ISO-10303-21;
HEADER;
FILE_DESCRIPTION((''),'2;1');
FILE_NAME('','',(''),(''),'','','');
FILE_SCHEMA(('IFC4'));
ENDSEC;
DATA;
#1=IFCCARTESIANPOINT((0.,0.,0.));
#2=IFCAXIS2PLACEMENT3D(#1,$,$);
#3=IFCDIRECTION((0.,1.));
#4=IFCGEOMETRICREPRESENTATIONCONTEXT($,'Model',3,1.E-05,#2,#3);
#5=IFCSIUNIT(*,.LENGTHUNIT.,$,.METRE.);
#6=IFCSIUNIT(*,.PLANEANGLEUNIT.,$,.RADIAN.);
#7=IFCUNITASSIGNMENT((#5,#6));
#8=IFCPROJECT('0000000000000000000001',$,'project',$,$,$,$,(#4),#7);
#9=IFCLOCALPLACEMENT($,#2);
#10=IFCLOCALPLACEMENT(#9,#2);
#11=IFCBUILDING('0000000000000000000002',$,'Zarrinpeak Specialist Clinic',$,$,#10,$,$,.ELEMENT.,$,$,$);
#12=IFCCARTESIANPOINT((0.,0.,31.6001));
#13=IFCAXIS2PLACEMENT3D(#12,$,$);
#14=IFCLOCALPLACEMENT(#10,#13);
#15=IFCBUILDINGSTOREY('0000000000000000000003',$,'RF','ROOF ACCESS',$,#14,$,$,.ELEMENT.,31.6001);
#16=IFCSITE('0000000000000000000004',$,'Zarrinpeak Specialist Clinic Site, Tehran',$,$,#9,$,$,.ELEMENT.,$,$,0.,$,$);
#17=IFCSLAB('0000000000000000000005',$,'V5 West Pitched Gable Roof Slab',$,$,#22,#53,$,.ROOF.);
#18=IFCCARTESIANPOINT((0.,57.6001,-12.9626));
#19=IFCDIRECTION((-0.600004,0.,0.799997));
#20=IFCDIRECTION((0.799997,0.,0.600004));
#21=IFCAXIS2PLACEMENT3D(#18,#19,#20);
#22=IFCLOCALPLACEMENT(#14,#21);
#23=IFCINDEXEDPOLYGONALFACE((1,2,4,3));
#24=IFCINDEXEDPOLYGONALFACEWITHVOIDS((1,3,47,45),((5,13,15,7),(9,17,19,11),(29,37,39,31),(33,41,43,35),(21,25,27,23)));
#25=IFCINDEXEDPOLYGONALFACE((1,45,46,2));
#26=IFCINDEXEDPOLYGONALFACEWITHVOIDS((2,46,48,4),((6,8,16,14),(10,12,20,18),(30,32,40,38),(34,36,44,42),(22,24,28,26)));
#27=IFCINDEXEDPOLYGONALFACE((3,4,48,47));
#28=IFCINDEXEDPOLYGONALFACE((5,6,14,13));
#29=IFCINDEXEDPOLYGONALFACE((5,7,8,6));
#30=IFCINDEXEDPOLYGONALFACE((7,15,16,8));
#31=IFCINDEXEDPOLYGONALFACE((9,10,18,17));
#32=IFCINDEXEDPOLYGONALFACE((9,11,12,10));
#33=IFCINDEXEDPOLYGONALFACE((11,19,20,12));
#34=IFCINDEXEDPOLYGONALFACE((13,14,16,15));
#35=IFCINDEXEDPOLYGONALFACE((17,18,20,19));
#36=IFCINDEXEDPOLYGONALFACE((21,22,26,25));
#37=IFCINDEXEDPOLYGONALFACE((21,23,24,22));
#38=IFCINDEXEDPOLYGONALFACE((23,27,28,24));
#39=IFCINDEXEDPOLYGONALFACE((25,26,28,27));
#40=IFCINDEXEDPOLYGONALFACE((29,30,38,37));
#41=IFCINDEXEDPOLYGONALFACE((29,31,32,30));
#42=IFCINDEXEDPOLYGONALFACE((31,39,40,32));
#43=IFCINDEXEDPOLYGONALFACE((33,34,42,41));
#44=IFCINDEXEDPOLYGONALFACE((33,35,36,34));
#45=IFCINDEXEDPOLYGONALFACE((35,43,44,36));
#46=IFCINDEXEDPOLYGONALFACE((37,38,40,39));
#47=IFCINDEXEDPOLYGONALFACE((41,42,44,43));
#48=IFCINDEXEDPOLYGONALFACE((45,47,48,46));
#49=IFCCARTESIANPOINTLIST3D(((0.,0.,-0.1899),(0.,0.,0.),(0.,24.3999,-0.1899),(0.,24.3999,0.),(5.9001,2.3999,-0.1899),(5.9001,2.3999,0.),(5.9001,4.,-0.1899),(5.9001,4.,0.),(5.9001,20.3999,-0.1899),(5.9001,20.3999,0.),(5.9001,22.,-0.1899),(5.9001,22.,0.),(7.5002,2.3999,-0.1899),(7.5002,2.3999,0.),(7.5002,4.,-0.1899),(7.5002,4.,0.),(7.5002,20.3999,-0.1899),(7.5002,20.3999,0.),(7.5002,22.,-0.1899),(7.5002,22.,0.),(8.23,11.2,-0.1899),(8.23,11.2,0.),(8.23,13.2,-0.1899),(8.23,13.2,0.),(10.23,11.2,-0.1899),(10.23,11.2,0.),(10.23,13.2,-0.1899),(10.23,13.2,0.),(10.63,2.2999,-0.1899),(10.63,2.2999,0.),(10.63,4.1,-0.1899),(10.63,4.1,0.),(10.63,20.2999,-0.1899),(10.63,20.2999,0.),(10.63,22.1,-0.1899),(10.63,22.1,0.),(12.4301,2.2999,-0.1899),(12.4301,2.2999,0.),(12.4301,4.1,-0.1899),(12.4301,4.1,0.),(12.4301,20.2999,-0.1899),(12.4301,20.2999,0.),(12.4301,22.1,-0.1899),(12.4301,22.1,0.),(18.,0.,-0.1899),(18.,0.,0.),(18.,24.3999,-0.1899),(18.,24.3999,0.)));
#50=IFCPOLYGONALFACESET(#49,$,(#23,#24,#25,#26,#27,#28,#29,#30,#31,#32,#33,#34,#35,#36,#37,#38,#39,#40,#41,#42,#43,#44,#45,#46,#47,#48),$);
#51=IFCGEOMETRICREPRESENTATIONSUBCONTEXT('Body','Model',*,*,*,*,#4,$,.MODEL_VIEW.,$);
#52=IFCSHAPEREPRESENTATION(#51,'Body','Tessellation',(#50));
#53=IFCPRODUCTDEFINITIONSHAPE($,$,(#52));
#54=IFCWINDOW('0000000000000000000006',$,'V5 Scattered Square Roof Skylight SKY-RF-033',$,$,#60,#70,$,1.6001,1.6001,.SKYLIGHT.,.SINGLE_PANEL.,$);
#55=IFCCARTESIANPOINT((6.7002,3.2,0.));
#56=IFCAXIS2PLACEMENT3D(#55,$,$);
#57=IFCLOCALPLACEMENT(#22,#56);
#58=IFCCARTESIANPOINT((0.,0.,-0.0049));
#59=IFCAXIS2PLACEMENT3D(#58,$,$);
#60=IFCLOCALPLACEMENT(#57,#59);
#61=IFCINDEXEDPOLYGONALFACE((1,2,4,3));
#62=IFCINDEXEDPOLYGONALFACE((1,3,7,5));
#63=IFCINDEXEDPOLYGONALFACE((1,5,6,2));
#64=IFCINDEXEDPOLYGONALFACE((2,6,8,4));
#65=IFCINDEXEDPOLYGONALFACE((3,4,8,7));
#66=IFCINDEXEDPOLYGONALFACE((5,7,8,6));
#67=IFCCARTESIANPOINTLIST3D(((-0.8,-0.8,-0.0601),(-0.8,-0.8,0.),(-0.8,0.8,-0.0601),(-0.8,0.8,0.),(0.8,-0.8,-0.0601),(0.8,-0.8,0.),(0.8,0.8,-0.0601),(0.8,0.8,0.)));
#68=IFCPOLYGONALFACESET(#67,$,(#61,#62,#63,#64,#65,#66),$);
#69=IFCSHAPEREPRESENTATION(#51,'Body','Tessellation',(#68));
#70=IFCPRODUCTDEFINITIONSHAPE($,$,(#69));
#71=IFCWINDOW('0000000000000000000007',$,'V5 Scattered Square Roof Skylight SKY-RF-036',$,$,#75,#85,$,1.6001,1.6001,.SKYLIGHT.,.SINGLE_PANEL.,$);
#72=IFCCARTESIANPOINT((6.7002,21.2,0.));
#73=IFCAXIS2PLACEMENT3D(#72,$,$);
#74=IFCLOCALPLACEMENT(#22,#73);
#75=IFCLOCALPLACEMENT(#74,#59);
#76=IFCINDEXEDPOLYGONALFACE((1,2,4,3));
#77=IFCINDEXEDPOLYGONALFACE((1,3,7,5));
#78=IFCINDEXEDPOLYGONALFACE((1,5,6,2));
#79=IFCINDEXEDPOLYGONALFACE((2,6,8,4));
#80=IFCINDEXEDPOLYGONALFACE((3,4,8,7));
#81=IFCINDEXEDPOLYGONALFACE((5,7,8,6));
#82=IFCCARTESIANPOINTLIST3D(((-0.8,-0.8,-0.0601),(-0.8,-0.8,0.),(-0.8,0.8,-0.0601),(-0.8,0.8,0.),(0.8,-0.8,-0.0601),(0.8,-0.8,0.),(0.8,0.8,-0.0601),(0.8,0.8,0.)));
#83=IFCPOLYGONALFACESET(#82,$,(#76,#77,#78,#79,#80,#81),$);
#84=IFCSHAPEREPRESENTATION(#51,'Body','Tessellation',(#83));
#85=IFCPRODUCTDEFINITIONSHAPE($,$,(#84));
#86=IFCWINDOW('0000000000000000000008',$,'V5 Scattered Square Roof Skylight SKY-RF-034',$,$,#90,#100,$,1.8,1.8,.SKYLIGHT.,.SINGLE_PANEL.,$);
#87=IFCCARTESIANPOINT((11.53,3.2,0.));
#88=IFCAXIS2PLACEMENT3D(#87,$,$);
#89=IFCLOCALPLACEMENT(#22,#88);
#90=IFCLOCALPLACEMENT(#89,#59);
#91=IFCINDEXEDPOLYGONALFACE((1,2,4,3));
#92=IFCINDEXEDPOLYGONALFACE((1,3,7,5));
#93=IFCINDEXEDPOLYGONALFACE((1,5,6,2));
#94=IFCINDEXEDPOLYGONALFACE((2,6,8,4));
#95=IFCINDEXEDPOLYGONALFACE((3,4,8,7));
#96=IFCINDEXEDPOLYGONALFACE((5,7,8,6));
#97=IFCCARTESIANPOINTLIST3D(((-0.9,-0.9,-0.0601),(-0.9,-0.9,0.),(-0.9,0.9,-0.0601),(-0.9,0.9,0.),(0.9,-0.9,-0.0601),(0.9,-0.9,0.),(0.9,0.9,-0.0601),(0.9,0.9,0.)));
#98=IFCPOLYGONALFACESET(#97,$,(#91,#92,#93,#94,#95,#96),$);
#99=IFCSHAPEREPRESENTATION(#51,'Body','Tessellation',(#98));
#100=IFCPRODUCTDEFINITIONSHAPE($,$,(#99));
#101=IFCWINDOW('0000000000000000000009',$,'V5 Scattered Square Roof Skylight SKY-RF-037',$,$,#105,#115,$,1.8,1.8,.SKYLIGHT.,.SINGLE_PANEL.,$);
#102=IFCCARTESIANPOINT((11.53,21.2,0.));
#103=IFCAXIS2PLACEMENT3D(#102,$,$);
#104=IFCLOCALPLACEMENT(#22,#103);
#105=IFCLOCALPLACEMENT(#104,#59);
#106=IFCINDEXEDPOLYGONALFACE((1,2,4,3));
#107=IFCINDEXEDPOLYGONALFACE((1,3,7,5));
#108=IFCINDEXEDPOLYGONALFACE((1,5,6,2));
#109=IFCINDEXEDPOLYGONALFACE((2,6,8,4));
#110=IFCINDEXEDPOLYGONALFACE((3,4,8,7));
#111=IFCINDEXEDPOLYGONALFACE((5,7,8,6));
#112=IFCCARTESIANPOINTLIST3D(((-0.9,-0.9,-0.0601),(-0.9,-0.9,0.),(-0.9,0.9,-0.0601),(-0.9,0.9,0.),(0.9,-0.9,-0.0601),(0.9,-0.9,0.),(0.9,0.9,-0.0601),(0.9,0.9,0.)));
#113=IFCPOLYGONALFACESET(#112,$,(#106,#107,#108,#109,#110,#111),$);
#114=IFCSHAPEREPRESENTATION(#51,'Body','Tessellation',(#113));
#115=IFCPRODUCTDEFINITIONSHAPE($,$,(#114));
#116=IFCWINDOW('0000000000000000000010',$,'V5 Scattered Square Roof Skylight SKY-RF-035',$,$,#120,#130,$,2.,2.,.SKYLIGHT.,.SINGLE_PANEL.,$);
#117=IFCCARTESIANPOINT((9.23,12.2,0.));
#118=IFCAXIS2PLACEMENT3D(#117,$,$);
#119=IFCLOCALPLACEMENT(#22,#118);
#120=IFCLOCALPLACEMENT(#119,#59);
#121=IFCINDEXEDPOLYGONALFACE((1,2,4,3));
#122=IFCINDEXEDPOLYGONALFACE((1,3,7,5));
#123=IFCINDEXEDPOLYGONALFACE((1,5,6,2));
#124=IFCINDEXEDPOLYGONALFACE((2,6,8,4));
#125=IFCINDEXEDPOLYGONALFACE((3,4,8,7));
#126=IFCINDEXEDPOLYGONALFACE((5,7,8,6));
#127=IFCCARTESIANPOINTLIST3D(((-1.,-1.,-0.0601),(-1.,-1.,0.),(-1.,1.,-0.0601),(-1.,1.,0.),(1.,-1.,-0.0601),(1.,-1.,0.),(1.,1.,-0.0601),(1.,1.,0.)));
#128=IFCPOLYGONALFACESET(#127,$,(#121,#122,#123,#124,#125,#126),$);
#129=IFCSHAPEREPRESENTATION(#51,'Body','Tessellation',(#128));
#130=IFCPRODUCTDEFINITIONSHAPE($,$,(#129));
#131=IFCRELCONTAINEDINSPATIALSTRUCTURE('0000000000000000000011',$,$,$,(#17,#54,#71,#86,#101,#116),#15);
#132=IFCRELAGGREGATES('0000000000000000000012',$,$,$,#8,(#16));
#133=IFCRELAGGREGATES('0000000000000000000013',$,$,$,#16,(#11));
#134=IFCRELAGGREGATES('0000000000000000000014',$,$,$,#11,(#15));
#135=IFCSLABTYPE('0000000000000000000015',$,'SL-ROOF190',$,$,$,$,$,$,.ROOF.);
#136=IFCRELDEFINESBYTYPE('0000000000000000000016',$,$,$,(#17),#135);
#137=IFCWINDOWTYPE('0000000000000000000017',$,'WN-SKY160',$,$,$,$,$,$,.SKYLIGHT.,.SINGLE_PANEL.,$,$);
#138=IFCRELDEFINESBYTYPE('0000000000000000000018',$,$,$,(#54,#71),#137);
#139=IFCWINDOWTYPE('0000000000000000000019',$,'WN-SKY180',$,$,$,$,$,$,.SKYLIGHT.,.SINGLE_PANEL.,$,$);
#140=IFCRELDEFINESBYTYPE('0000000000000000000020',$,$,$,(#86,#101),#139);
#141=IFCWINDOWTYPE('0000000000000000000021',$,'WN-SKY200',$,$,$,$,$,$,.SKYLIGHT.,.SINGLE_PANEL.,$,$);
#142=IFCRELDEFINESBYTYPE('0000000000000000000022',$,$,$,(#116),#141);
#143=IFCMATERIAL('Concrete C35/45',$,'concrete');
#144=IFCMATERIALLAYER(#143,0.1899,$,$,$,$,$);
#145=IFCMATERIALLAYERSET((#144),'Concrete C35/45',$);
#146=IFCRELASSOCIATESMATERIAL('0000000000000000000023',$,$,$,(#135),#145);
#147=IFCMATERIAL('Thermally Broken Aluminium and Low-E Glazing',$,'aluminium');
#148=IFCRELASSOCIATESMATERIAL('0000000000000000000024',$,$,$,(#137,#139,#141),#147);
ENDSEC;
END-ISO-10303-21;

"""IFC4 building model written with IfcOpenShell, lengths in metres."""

from ifc_helpers import new_model, si_unit, direction, frame, origin, origin_2d, place, context, subcontext, project, spatial, polyline, rectangle, outline, extrude, material, layer, layer_set, type_object, element, fill, save


model = new_model("IFC4")

# Units and contexts
model_context = context("Model", 3, precision=1e-05, world=origin(), true_north=direction((0.0, 1.0)))
body_context = subcontext(model_context, "Body", "Model", "MODEL_VIEW")
ifc_project = project(units=[si_unit("LENGTHUNIT", "METRE"), si_unit("PLANEANGLEUNIT", "RADIAN")], contexts=[model_context])

# Site, building, storey
site_placement = place(None, origin())
site = spatial("IfcSite", under=ifc_project, at=site_placement, Name="Zarrinpeak Specialist Clinic Site, Tehran", CompositionType="ELEMENT", RefElevation=0.0)
building_placement = place(site_placement, origin())
building = spatial("IfcBuilding", under=site, at=building_placement, Name="Zarrinpeak Specialist Clinic", CompositionType="ELEMENT")
storey_placement = place(building_placement, frame((0.0, 0.0, 31.6001)))
storey = spatial("IfcBuildingStorey", under=building, at=storey_placement, Name="RF", Description="ROOF ACCESS", CompositionType="ELEMENT", Elevation=31.6001)

# Slab, openings, windows
ifc_material_1 = material(Name="Concrete C35/45", Category="concrete")
ifc_layer_1 = layer(ifc_material_1, 0.1899)
ifc_layer_set_1 = layer_set([ifc_layer_1], Name="Concrete C35/45")
slab_type = type_object("IfcSlabType", Name="SL-ROOF190", PredefinedType="ROOF", material=ifc_layer_set_1)
slab_1_placement = place(storey_placement, frame((0.0, 57.6001, -12.9626), z_axis=(-0.600004, 0.0, 0.799997), x_axis=(0.799997, 0.0, 0.600004)))
slab_1 = element("IfcSlab", 1, at=slab_1_placement, inside=storey, type_object=slab_type, Name="V5 West Pitched Gable Roof Slab", PredefinedType="ROOF", context=body_context, shape_type="SweptSolid", body=[
    extrude(outline(polyline([(0.0, 0.0), (18.0, 0.0), (18.0, 24.3999), (0.0, 24.3999), (0.0, 0.0)])), origin(), (0.0, 0.0, -1.0), 0.1899),
])
opening_1_placement = place(slab_1_placement, frame((6.7002, 3.2, 0.0)))
opening_1 = element("IfcOpeningElement", 2, at=opening_1_placement, cuts=slab_1, PredefinedType="OPENING", context=body_context, shape_type="SweptSolid", body=[
    extrude(rectangle(XDim=1.6001, YDim=1.6001, at=origin_2d()), frame((0.0, 0.0, 0.01), z_axis=(0.0, 0.0, 1.0), x_axis=(1.0, 0.0, 0.0)), (0.0, 0.0, -1.0), 0.21),
])
opening_2_placement = place(slab_1_placement, frame((11.53, 3.2, 0.0)))
opening_2 = element("IfcOpeningElement", 3, at=opening_2_placement, cuts=slab_1, PredefinedType="OPENING", context=body_context, shape_type="SweptSolid", body=[
    extrude(rectangle(XDim=1.8, YDim=1.8, at=origin_2d()), frame((0.0, 0.0, 0.01), z_axis=(0.0, 0.0, 1.0), x_axis=(1.0, 0.0, 0.0)), (0.0, 0.0, -1.0), 0.21),
])
opening_3_placement = place(slab_1_placement, frame((9.23, 12.2, 0.0)))
opening_3 = element("IfcOpeningElement", 4, at=opening_3_placement, cuts=slab_1, PredefinedType="OPENING", context=body_context, shape_type="SweptSolid", body=[
    extrude(rectangle(XDim=2.0, YDim=2.0, at=origin_2d()), frame((0.0, 0.0, 0.01), z_axis=(0.0, 0.0, 1.0), x_axis=(1.0, 0.0, 0.0)), (0.0, 0.0, -1.0), 0.21),
])
opening_4_placement = place(slab_1_placement, frame((6.7002, 21.2, 0.0)))
opening_4 = element("IfcOpeningElement", 5, at=opening_4_placement, cuts=slab_1, PredefinedType="OPENING", context=body_context, shape_type="SweptSolid", body=[
    extrude(rectangle(XDim=1.6001, YDim=1.6001, at=origin_2d()), frame((0.0, 0.0, 0.01), z_axis=(0.0, 0.0, 1.0), x_axis=(1.0, 0.0, 0.0)), (0.0, 0.0, -1.0), 0.21),
])
opening_5_placement = place(slab_1_placement, frame((11.53, 21.2, 0.0)))
opening_5 = element("IfcOpeningElement", 6, at=opening_5_placement, cuts=slab_1, PredefinedType="OPENING", context=body_context, shape_type="SweptSolid", body=[
    extrude(rectangle(XDim=1.8, YDim=1.8, at=origin_2d()), frame((0.0, 0.0, 0.01), z_axis=(0.0, 0.0, 1.0), x_axis=(1.0, 0.0, 0.0)), (0.0, 0.0, -1.0), 0.21),
])
ifc_material_2 = material(Name="Thermally Broken Aluminium and Low-E Glazing", Category="aluminium")
window_type_1 = type_object("IfcWindowType", Name="WN-SKY160", PartitioningType="SINGLE_PANEL", PredefinedType="SKYLIGHT", material=ifc_material_2)
window_1_placement = place(opening_1_placement, frame((0.0, 0.0, -0.0049)))
window_1 = element("IfcWindow", 7, at=window_1_placement, inside=storey, type_object=window_type_1, Name="V5 Scattered Square Roof Skylight SKY-RF-033", OverallHeight=1.6001, OverallWidth=1.6001, PartitioningType="SINGLE_PANEL", PredefinedType="SKYLIGHT", context=body_context, shape_type="SweptSolid", body=[
    extrude(rectangle(XDim=1.6001, YDim=1.6001, at=origin_2d()), origin(), (0.0, 0.0, -1.0), 0.0601),
])
fill(opening_1, window_1)
window_2_placement = place(opening_4_placement, frame((0.0, 0.0, -0.0049)))
window_2 = element("IfcWindow", 8, at=window_2_placement, inside=storey, type_object=window_type_1, Name="V5 Scattered Square Roof Skylight SKY-RF-036", OverallHeight=1.6001, OverallWidth=1.6001, PartitioningType="SINGLE_PANEL", PredefinedType="SKYLIGHT", context=body_context, shape_type="SweptSolid", body=[
    extrude(rectangle(XDim=1.6001, YDim=1.6001, at=origin_2d()), origin(), (0.0, 0.0, -1.0), 0.0601),
])
fill(opening_4, window_2)
window_type_2 = type_object("IfcWindowType", Name="WN-SKY180", PartitioningType="SINGLE_PANEL", PredefinedType="SKYLIGHT", material=ifc_material_2)
window_3_placement = place(opening_2_placement, frame((0.0, 0.0, -0.0049)))
window_3 = element("IfcWindow", 9, at=window_3_placement, inside=storey, type_object=window_type_2, Name="V5 Scattered Square Roof Skylight SKY-RF-034", OverallHeight=1.8, OverallWidth=1.8, PartitioningType="SINGLE_PANEL", PredefinedType="SKYLIGHT", context=body_context, shape_type="SweptSolid", body=[
    extrude(rectangle(XDim=1.8, YDim=1.8, at=origin_2d()), origin(), (0.0, 0.0, -1.0), 0.0601),
])
fill(opening_2, window_3)
window_4_placement = place(opening_5_placement, frame((0.0, 0.0, -0.0049)))
window_4 = element("IfcWindow", 10, at=window_4_placement, inside=storey, type_object=window_type_2, Name="V5 Scattered Square Roof Skylight SKY-RF-037", OverallHeight=1.8, OverallWidth=1.8, PartitioningType="SINGLE_PANEL", PredefinedType="SKYLIGHT", context=body_context, shape_type="SweptSolid", body=[
    extrude(rectangle(XDim=1.8, YDim=1.8, at=origin_2d()), origin(), (0.0, 0.0, -1.0), 0.0601),
])
fill(opening_5, window_4)
window_type_3 = type_object("IfcWindowType", Name="WN-SKY200", PartitioningType="SINGLE_PANEL", PredefinedType="SKYLIGHT", material=ifc_material_2)
window_5_placement = place(opening_3_placement, frame((0.0, 0.0, -0.0049)))
window_5 = element("IfcWindow", 11, at=window_5_placement, inside=storey, type_object=window_type_3, Name="V5 Scattered Square Roof Skylight SKY-RF-035", OverallHeight=2.0, OverallWidth=2.0, PartitioningType="SINGLE_PANEL", PredefinedType="SKYLIGHT", context=body_context, shape_type="SweptSolid", body=[
    extrude(rectangle(XDim=2.0, YDim=2.0, at=origin_2d()), origin(), (0.0, 0.0, -1.0), 0.0601),
])
fill(opening_3, window_5)

save(model, "model.ifc")
